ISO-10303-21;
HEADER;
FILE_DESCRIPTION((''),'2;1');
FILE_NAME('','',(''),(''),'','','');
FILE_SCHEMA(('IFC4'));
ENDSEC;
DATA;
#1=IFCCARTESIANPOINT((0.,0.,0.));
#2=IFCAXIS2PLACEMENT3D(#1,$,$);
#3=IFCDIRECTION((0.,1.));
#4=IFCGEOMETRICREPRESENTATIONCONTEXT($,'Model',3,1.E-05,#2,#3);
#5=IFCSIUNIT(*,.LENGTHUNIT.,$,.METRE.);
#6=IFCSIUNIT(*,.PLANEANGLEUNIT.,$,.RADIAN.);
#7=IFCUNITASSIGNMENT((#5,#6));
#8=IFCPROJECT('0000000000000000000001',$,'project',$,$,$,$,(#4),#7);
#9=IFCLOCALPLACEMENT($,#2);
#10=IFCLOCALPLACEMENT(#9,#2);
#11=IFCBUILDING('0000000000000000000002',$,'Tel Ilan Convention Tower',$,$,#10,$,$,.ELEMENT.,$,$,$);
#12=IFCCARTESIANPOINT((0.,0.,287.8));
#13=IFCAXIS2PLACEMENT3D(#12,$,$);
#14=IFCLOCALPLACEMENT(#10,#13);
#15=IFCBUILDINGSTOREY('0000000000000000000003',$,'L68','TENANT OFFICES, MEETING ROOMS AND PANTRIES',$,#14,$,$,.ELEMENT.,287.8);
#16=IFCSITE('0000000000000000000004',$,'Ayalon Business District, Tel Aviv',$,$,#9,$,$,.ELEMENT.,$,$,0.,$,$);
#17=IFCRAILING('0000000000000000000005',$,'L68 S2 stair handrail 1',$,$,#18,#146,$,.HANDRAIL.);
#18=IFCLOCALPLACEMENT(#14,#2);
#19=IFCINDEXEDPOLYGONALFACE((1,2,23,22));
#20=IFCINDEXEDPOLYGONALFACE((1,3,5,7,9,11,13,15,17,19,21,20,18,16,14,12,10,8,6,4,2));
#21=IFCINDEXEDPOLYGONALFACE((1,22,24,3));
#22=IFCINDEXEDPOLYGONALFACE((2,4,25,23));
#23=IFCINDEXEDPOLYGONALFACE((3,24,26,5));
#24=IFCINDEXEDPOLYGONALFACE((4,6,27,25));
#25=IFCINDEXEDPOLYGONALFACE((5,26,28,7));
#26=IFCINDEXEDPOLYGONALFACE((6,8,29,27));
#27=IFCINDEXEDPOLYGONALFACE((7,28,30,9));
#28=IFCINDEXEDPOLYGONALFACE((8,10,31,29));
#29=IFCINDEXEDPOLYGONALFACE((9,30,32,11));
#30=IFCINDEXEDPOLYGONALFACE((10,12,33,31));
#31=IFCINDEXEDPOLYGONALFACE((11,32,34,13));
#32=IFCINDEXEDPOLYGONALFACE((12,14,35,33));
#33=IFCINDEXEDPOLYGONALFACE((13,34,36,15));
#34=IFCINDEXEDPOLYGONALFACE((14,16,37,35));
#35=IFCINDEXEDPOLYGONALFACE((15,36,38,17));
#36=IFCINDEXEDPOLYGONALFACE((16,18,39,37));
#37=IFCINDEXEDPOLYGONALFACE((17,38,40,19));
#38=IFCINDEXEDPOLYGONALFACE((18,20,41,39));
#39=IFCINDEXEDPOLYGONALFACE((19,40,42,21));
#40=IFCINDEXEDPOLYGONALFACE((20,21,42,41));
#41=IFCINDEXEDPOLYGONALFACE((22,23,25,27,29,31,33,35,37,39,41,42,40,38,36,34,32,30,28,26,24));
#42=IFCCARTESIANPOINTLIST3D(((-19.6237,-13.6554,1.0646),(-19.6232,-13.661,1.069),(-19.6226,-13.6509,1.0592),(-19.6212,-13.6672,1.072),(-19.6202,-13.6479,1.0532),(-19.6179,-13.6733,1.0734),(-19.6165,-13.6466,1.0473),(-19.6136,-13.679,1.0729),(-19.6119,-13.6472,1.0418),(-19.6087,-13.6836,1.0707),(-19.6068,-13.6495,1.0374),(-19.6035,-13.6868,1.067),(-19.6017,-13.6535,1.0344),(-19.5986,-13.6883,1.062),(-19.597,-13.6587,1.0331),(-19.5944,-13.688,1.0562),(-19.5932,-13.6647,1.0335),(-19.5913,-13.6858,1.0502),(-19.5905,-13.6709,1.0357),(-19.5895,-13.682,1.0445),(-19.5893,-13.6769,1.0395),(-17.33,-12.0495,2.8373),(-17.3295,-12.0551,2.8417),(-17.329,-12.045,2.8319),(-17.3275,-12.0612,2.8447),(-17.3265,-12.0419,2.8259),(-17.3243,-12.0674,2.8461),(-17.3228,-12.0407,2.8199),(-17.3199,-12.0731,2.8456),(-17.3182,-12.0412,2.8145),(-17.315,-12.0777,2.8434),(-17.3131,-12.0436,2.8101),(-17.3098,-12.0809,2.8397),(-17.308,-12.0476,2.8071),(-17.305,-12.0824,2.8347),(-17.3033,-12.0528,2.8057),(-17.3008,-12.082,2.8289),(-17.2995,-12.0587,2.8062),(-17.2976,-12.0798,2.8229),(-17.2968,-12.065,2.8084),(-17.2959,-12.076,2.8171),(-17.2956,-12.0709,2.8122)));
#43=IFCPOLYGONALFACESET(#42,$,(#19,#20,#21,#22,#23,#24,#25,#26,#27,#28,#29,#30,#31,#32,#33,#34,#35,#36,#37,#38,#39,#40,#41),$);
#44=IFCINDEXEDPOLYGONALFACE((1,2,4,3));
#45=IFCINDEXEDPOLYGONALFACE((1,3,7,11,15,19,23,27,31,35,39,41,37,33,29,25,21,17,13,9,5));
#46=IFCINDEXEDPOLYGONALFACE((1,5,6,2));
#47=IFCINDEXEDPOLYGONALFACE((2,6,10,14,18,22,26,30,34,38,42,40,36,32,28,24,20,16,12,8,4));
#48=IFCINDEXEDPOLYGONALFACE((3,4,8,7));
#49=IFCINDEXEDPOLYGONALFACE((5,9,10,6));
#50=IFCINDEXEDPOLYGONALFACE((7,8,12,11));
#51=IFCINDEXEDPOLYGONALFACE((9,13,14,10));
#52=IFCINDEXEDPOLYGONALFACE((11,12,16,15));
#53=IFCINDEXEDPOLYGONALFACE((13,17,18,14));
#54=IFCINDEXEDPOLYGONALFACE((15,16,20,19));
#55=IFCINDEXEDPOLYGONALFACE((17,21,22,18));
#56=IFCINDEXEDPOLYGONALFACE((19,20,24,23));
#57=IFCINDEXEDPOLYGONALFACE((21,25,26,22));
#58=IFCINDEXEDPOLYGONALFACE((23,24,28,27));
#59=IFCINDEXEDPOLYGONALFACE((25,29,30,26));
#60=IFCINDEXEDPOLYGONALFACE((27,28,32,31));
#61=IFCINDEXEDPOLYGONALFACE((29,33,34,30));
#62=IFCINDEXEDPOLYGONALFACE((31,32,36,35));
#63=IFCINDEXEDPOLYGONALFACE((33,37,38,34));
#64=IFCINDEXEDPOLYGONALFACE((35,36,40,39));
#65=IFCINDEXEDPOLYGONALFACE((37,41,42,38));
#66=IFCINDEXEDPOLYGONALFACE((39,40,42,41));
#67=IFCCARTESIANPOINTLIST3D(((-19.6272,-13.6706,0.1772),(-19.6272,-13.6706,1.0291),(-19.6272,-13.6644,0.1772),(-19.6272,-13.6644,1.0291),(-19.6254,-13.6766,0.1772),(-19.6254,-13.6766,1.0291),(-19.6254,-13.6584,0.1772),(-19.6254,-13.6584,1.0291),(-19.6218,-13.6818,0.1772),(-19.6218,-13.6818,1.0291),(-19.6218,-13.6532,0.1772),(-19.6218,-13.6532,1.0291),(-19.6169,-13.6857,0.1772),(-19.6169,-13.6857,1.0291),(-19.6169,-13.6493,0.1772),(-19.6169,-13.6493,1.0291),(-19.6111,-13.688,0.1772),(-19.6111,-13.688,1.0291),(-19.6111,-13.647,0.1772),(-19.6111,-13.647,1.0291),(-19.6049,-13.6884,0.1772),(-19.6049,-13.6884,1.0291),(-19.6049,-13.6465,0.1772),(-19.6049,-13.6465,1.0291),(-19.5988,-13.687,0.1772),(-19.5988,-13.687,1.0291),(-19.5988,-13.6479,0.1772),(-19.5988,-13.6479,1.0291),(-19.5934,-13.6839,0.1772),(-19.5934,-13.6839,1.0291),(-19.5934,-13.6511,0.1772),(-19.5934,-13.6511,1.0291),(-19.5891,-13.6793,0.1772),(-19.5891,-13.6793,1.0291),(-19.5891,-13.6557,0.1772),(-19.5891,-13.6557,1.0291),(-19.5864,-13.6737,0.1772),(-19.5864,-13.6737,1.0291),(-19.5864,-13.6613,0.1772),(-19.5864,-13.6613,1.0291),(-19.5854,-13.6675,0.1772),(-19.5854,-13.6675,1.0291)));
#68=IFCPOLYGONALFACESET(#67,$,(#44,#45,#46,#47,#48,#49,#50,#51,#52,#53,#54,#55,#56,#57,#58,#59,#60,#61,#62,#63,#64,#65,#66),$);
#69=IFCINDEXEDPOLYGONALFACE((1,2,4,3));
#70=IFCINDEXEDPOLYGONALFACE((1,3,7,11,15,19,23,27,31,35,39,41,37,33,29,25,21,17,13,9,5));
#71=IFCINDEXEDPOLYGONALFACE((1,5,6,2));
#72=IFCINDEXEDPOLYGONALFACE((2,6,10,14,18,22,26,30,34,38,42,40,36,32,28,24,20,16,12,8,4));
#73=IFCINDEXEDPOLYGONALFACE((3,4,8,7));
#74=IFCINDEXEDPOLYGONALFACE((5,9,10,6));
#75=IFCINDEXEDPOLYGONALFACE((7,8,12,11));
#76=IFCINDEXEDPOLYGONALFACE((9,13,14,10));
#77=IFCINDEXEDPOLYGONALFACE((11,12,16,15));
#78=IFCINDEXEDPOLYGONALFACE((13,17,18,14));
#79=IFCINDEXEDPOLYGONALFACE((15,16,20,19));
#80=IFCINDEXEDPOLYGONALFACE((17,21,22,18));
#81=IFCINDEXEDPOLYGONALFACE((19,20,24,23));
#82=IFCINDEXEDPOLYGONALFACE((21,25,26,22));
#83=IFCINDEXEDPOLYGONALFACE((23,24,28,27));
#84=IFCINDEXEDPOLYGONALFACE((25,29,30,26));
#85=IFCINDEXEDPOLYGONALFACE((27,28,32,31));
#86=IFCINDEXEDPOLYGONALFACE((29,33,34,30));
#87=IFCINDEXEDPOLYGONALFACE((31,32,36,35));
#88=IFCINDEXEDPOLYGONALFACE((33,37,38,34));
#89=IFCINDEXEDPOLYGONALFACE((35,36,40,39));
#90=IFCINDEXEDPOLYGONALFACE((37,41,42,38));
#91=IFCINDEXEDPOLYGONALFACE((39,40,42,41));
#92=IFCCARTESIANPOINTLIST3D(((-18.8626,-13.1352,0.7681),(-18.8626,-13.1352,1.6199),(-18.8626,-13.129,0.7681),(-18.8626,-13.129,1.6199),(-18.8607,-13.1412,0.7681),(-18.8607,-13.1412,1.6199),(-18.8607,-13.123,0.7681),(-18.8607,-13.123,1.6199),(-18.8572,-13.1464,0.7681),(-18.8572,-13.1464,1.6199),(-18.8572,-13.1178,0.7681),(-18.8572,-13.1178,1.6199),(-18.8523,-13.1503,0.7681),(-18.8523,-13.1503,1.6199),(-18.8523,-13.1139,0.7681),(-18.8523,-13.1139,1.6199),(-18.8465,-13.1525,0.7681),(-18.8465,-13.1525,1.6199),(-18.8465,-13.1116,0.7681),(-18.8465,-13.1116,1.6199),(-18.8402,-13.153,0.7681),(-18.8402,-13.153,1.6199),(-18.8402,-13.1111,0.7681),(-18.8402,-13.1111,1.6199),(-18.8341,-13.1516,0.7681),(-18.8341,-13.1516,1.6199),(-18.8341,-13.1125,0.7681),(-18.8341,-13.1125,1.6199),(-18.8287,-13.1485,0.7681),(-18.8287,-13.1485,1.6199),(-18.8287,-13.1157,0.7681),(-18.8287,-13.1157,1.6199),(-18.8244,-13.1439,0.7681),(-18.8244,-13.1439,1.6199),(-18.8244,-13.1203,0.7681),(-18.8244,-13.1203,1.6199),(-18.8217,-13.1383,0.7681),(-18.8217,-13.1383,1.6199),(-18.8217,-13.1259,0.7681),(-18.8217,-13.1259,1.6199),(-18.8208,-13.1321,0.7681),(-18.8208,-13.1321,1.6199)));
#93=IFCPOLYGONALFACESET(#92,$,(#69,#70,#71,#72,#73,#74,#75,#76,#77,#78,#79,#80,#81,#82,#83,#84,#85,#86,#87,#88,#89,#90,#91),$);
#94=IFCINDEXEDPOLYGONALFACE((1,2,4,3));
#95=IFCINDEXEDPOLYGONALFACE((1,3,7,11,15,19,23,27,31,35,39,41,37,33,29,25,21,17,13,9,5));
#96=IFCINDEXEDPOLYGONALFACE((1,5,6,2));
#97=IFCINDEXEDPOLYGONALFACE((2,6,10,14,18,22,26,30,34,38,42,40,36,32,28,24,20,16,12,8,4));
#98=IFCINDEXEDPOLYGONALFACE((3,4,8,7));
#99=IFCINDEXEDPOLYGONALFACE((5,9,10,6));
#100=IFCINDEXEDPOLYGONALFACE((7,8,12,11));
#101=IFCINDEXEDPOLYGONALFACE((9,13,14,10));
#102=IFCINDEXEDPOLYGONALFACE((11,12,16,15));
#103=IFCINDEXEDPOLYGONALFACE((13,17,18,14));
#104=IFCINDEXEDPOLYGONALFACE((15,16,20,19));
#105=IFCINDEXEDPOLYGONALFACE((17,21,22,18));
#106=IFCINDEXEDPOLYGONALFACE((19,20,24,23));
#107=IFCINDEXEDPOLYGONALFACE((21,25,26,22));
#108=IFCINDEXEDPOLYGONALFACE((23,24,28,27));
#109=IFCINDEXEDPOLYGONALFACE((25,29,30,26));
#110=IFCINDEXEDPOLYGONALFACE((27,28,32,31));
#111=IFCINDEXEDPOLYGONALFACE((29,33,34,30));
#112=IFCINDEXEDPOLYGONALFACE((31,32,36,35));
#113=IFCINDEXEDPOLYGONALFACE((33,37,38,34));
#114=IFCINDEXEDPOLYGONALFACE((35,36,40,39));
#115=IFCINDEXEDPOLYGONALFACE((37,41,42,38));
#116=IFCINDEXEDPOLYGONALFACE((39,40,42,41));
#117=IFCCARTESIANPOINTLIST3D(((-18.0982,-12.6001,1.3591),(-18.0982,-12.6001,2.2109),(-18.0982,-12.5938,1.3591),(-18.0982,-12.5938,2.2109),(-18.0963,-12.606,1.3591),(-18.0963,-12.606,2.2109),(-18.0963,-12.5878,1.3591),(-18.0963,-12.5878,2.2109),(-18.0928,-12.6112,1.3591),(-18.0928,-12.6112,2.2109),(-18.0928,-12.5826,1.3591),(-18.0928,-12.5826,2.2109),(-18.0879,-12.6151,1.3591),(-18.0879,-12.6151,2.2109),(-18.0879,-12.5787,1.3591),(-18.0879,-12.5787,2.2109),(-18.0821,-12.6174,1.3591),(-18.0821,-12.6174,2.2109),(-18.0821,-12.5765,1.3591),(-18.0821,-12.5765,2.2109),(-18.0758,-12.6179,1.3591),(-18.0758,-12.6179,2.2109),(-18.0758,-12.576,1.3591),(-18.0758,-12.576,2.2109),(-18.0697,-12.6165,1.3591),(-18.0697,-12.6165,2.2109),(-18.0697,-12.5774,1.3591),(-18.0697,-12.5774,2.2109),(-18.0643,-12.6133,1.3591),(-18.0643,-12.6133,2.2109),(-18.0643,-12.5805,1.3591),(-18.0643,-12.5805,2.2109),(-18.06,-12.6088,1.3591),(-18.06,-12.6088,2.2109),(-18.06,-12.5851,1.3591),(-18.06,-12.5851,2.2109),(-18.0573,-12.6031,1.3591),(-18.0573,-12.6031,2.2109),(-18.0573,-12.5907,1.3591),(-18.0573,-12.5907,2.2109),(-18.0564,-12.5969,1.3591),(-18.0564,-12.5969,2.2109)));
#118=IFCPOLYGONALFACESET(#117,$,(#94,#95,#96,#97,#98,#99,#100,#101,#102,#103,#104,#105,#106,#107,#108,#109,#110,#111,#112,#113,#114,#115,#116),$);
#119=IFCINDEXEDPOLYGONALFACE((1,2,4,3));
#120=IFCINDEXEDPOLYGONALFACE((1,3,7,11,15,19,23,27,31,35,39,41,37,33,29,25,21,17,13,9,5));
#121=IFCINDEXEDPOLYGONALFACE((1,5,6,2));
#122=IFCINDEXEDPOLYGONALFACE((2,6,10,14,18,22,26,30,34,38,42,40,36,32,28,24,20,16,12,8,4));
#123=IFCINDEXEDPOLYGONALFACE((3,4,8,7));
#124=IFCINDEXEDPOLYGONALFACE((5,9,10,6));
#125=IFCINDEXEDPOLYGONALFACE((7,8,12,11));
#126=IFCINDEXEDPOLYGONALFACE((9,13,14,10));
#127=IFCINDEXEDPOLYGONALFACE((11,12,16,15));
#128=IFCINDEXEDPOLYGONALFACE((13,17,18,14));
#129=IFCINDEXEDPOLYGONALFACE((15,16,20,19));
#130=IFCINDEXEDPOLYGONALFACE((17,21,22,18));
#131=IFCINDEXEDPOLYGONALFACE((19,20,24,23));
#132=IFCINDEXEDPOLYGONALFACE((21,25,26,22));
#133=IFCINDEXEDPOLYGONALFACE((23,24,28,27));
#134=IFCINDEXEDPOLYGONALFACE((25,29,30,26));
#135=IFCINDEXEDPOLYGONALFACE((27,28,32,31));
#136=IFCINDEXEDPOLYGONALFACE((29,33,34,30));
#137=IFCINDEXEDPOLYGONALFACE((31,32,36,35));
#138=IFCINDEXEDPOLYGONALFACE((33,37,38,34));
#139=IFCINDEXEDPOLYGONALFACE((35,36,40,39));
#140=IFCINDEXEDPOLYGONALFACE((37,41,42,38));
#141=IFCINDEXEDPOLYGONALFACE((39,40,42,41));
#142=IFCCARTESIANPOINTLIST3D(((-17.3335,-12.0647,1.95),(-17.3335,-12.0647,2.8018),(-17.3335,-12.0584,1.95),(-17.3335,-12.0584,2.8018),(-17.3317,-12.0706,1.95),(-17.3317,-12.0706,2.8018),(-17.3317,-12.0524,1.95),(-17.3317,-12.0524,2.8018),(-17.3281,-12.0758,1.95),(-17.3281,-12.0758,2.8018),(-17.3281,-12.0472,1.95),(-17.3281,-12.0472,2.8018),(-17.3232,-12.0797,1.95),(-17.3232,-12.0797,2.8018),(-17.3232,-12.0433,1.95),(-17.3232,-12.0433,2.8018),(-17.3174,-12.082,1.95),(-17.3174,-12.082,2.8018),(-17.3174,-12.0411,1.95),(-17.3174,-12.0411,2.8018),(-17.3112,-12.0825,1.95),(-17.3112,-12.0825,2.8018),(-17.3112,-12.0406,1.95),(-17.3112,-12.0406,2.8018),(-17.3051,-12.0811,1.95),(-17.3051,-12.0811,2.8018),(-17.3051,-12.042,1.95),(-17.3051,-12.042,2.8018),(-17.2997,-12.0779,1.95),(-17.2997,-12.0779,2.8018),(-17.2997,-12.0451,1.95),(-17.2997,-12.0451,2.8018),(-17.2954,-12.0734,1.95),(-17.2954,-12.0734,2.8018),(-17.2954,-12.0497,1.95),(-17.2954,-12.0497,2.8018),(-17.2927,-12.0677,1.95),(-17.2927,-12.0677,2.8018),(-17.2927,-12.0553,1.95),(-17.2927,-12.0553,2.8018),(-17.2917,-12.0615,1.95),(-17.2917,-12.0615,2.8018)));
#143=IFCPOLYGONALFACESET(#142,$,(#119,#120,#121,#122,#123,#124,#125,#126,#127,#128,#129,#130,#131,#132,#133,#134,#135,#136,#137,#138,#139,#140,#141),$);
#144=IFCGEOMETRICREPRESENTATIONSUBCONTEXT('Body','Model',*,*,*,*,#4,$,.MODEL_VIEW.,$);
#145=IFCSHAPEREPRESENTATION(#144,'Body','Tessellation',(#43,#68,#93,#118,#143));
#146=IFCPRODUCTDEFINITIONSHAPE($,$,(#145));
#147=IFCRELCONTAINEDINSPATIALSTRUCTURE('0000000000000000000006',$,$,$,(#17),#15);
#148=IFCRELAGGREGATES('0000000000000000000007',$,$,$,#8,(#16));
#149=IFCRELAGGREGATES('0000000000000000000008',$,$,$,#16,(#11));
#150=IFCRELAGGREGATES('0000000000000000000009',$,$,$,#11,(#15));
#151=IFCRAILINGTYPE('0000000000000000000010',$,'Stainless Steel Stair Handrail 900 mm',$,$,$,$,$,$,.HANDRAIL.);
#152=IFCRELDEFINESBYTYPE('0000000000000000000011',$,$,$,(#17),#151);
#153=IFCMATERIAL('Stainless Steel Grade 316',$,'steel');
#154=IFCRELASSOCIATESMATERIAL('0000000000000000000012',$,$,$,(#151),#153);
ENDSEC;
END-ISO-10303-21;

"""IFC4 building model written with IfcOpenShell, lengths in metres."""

from ifc_helpers import new_model, si_unit, direction, frame, origin, origin_2d, place, context, subcontext, project, spatial, circle, extrude, material, type_object, element, save


model = new_model("IFC4")

# Units and contexts
model_context = context("Model", 3, precision=1e-05, world=origin(), true_north=direction((0.0, 1.0)))
body_context = subcontext(model_context, "Body", "Model", "MODEL_VIEW")
ifc_project = project(units=[si_unit("LENGTHUNIT", "METRE"), si_unit("PLANEANGLEUNIT", "RADIAN")], contexts=[model_context])

# Site, building, storey
site_placement = place(None, origin())
site = spatial("IfcSite", under=ifc_project, at=site_placement, Name="Ayalon Business District, Tel Aviv", CompositionType="ELEMENT", RefElevation=0.0)
building_placement = place(site_placement, origin())
building = spatial("IfcBuilding", under=site, at=building_placement, Name="Tel Ilan Convention Tower", CompositionType="ELEMENT")
storey_placement = place(building_placement, frame((0.0, 0.0, 287.8)))
storey = spatial("IfcBuildingStorey", under=building, at=storey_placement, Name="L68", Description="TENANT OFFICES, MEETING ROOMS AND PANTRIES", CompositionType="ELEMENT", Elevation=287.8)

# Railing
ifc_material_1 = material(Name="Stainless Steel Grade 316", Category="steel")
railing_type = type_object("IfcRailingType", Name="Stainless Steel Stair Handrail 900 mm", PredefinedType="HANDRAIL", material=ifc_material_1)
railing_placement = place(storey_placement, frame((-19.6064, -13.6675, 0.1772)))
element("IfcRailing", 1, at=railing_placement, inside=storey, type_object=railing_type, Name="L68 S2 stair handrail 1", PredefinedType="HANDRAIL", context=body_context, shape_type="SweptSolid", body=[
    extrude(circle(Radius=0.0239, at=origin_2d()), frame((0.0, 0.0, 0.876), z_axis=(0.692123, 0.484597, 0.534913), x_axis=(-0.57355, 0.81917, 0.0)), (0.0, 0.0, 1.0), 3.314),
    extrude(circle(Radius=0.021, at=origin_2d()), origin(), (0.0, 0.0, 1.0), 0.8518),
    extrude(circle(Radius=0.021, at=origin_2d()), frame((0.7646, 0.5354, 0.5908)), (0.0, 0.0, 1.0), 0.8518),
    extrude(circle(Radius=0.021, at=origin_2d()), frame((1.5291, 1.0706, 1.1819)), (0.0, 0.0, 1.0), 0.8518),
    extrude(circle(Radius=0.021, at=origin_2d()), frame((2.2937, 1.606, 1.7727)), (0.0, 0.0, 1.0), 0.8518),
])

save(model, "model.ifc")
